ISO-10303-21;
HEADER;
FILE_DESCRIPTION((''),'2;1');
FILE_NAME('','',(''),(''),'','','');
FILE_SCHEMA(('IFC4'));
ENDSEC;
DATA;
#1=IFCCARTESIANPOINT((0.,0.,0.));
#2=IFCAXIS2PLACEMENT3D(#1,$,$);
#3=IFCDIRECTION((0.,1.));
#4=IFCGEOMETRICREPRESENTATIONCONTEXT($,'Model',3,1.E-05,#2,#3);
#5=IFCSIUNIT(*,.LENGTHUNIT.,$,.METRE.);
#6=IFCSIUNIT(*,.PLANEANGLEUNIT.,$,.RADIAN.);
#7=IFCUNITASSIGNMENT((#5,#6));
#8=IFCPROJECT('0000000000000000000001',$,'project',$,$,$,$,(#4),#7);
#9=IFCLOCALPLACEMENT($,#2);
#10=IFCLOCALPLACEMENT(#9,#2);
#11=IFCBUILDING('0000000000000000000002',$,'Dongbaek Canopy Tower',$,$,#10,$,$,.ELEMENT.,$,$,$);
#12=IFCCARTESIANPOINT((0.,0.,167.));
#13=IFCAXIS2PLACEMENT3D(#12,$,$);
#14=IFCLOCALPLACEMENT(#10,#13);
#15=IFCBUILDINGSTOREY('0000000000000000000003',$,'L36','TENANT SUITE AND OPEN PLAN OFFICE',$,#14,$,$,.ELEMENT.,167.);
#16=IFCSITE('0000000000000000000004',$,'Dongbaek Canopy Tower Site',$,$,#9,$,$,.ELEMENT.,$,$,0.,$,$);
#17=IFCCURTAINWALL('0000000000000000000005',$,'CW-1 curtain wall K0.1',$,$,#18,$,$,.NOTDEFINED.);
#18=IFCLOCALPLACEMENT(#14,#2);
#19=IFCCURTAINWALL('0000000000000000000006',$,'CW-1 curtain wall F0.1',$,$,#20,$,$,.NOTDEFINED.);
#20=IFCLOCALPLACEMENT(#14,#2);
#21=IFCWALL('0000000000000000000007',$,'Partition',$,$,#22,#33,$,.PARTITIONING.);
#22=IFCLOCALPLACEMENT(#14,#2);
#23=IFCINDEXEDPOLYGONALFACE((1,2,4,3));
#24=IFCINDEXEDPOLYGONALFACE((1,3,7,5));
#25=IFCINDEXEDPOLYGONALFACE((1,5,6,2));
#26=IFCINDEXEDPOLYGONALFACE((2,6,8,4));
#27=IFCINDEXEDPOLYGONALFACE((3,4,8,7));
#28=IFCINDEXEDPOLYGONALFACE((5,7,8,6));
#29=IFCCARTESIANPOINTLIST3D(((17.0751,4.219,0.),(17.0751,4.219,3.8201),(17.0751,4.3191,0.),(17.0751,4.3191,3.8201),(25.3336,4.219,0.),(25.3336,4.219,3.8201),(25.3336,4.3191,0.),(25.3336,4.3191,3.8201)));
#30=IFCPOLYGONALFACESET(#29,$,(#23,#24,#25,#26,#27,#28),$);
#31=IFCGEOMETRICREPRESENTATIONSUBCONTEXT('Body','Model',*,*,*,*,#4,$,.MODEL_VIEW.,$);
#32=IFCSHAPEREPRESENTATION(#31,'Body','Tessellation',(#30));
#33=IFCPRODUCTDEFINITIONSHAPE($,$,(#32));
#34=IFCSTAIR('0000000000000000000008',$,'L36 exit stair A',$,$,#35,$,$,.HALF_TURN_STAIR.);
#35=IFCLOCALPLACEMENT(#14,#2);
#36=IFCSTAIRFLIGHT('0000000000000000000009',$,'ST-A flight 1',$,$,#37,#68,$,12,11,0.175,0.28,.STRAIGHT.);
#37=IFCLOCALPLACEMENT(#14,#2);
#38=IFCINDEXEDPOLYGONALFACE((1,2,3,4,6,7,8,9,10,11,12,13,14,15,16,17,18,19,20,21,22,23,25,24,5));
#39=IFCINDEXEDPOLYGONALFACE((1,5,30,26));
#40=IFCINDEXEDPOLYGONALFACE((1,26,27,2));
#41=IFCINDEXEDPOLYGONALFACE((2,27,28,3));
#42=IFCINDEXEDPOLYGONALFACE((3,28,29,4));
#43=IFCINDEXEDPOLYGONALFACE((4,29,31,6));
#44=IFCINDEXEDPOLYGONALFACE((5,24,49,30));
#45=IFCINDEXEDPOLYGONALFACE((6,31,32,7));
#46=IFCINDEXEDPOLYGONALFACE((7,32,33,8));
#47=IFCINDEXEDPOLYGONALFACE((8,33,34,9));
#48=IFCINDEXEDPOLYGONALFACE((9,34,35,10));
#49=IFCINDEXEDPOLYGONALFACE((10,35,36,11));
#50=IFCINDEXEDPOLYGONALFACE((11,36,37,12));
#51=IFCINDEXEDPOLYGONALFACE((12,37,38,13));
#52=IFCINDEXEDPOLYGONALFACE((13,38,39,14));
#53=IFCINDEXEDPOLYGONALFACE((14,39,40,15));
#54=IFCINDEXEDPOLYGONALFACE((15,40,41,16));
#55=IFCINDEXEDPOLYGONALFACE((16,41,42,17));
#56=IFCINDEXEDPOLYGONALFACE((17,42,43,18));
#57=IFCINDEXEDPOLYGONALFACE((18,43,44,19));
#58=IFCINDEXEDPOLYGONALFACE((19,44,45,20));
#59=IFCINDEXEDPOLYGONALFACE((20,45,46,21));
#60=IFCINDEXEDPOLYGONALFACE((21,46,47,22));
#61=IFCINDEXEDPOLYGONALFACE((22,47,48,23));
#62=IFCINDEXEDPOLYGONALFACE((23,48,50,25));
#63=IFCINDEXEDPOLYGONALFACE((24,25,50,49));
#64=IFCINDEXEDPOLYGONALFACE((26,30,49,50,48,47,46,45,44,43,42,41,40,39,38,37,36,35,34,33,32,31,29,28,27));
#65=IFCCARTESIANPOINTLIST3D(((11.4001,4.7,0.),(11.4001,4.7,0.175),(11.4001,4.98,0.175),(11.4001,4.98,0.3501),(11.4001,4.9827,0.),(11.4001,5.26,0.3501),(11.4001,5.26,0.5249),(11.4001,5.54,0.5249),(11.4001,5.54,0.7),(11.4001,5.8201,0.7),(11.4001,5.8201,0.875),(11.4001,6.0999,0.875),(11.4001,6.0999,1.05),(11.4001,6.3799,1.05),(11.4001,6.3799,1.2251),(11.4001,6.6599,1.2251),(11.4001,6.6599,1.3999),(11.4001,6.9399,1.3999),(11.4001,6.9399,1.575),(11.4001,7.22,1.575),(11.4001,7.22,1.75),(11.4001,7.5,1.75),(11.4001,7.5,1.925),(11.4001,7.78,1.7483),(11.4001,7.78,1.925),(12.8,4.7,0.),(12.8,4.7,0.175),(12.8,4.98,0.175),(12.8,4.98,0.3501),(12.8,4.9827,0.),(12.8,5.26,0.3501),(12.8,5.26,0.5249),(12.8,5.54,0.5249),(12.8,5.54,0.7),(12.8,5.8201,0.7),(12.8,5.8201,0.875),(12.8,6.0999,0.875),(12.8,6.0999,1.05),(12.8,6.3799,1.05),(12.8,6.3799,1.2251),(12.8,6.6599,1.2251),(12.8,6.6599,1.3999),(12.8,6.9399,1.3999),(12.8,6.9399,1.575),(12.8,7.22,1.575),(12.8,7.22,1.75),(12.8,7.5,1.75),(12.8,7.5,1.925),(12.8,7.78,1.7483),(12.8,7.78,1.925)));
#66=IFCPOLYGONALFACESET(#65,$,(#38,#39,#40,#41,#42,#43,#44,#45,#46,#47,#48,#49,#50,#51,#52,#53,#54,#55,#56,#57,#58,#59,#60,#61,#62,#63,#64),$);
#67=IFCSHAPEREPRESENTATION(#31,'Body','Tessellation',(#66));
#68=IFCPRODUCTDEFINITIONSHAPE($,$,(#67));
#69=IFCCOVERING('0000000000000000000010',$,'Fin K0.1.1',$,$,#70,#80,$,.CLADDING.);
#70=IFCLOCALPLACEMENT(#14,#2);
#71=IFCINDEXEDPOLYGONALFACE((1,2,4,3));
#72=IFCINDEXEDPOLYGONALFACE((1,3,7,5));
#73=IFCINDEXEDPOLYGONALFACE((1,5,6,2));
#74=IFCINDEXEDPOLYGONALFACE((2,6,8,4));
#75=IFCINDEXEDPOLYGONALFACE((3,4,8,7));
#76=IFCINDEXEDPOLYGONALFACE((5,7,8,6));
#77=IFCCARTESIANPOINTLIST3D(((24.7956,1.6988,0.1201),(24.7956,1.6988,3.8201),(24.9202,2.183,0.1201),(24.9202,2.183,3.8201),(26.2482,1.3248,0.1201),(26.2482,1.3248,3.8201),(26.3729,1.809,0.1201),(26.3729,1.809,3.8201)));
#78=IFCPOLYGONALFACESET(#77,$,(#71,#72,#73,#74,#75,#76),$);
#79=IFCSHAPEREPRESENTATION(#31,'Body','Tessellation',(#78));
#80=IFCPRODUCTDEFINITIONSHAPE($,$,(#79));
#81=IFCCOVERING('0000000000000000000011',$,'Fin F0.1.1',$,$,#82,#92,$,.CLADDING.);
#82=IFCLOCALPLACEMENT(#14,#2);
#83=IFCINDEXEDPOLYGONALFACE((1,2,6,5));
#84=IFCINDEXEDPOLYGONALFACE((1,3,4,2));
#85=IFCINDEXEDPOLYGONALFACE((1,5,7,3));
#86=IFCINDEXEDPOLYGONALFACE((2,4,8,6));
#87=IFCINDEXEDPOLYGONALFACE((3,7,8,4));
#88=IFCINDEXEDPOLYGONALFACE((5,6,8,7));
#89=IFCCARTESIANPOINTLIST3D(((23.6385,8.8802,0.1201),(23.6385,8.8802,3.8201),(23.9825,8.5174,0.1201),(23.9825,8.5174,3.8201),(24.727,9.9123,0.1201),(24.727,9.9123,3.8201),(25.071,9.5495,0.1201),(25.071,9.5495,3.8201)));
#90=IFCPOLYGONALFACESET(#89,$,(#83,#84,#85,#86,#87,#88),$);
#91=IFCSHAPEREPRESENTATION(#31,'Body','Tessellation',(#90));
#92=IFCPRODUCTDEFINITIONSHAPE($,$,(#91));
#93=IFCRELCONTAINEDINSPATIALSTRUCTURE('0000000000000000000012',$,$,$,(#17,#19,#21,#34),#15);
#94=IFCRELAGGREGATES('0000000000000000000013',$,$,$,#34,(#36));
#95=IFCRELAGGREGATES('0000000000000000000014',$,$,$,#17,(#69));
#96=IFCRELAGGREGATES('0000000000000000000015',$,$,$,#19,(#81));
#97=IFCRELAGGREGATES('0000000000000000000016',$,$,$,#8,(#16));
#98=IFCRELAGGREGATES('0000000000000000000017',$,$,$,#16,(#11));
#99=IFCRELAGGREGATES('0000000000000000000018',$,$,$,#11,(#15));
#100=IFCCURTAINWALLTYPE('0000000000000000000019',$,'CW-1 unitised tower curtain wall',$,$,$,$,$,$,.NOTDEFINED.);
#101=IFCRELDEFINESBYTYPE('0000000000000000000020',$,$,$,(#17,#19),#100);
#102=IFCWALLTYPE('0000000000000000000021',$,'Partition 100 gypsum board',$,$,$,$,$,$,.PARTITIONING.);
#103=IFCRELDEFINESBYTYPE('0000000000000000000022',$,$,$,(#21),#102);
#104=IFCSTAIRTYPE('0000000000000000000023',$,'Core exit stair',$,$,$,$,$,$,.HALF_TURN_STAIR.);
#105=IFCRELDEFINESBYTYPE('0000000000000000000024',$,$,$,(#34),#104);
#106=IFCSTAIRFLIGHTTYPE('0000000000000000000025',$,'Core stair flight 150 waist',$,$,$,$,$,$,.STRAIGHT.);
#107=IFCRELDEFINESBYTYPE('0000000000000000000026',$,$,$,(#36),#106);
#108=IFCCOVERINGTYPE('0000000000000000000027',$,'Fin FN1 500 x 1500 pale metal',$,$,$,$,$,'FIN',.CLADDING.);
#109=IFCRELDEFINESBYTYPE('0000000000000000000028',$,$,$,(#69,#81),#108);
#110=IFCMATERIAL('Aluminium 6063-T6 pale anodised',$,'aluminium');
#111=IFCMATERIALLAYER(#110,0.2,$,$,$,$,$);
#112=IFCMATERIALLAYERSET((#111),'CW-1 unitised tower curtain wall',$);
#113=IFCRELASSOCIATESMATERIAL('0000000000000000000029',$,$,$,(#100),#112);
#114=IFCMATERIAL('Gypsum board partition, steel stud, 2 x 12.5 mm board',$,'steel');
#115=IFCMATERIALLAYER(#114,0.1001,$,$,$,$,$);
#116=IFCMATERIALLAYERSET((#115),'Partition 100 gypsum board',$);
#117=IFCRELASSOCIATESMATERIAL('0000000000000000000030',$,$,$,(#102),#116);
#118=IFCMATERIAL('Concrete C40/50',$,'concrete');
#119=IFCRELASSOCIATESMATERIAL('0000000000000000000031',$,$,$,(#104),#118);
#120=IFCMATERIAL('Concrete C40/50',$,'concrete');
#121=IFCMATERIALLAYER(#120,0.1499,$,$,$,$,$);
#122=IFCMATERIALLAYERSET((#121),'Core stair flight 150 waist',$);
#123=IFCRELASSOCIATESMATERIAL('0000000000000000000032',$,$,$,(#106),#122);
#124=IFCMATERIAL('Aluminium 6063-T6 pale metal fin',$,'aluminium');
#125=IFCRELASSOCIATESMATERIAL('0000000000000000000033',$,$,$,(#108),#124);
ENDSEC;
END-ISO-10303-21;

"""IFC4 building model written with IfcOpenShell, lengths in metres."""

from ifc_helpers import new_model, si_unit, direction, frame, frame_2d, origin, origin_2d, place, context, subcontext, project, spatial, polyline, rectangle, outline, extrude, material, layer, layer_set, material_profile, profile_set, type_object, element, aggregate, save


model = new_model("IFC4")

# Units and contexts
model_context = context("Model", 3, precision=1e-05, world=origin(), true_north=direction((0.0, 1.0)))
body_context = subcontext(model_context, "Body", "Model", "MODEL_VIEW")
ifc_project = project(units=[si_unit("LENGTHUNIT", "METRE"), si_unit("PLANEANGLEUNIT", "RADIAN")], contexts=[model_context])

# Site, building, storey
site_placement = place(None, origin())
site = spatial("IfcSite", under=ifc_project, at=site_placement, Name="Dongbaek Canopy Tower Site", CompositionType="ELEMENT", RefElevation=0.0)
building_placement = place(site_placement, origin())
building = spatial("IfcBuilding", under=site, at=building_placement, Name="Dongbaek Canopy Tower", CompositionType="ELEMENT")
storey_placement = place(building_placement, frame((0.0, 0.0, 167.0)))
storey = spatial("IfcBuildingStorey", under=building, at=storey_placement, Name="L36", Description="TENANT SUITE AND OPEN PLAN OFFICE", CompositionType="ELEMENT", Elevation=167.0)

# Curtain wall
ifc_material_1 = material(Name="Aluminium 6063-T6 pale anodised", Category="aluminium")
ifc_layer_1 = layer(ifc_material_1, 0.2)
ifc_layer_set_1 = layer_set([ifc_layer_1], Name="CW-1 unitised tower curtain wall")
curtain_wall_type = type_object("IfcCurtainWallType", Name="CW-1 unitised tower curtain wall", PredefinedType="NOTDEFINED", material=ifc_layer_set_1)
curtain_wall_1_placement = place(storey_placement, origin())
curtain_wall_1 = element("IfcCurtainWall", 1, at=curtain_wall_1_placement, inside=storey, type_object=curtain_wall_type, Name="CW-1 curtain wall K0.1", PredefinedType="NOTDEFINED")

# Curtain wall
curtain_wall_2_placement = place(storey_placement, origin())
curtain_wall_2 = element("IfcCurtainWall", 2, at=curtain_wall_2_placement, inside=storey, type_object=curtain_wall_type, Name="CW-1 curtain wall F0.1", PredefinedType="NOTDEFINED")

# Wall
ifc_material_2 = material(Name="Gypsum board partition, steel stud, 2 x 12.5 mm board", Category="steel")
ifc_layer_2 = layer(ifc_material_2, 0.1001)
ifc_layer_set_2 = layer_set([ifc_layer_2], Name="Partition 100 gypsum board")
wall_type_1 = type_object("IfcWallType", Name="Partition 100 gypsum board", PredefinedType="PARTITIONING", material=ifc_layer_set_2)
wall_1_placement = place(storey_placement, frame((17.075, 4.269, 0.0), z_axis=(0.0, 0.0, 1.0), x_axis=(1.0, 0.0, 0.0)))
element("IfcWall", 3, at=wall_1_placement, inside=storey, type_object=wall_type_1, Name="Partition", PredefinedType="PARTITIONING", context=body_context, shape_type="SweptSolid", body=[
    extrude(rectangle(XDim=8.2585, YDim=0.1001, at=frame_2d((4.1294, 0.0))), origin(), (0.0, 0.0, 1.0), 3.8201),
])

# Stair, stair flight
ifc_material_3 = material(Name="Concrete C40/50", Category="concrete")
stair_type = type_object("IfcStairType", Name="Core exit stair", PredefinedType="HALF_TURN_STAIR", material=ifc_material_3)
stair_placement = place(storey_placement, origin())
stair = element("IfcStair", 4, at=stair_placement, inside=storey, type_object=stair_type, Name="L36 exit stair A", PredefinedType="HALF_TURN_STAIR")
ifc_material_4 = material(Name="Concrete C40/50", Category="concrete")
ifc_layer_3 = layer(ifc_material_4, 0.1499)
ifc_layer_set_3 = layer_set([ifc_layer_3], Name="Core stair flight 150 waist")
stair_flight_type = type_object("IfcStairFlightType", Name="Core stair flight 150 waist", PredefinedType="STRAIGHT", material=ifc_layer_set_3)
stair_flight_placement = place(storey_placement, frame((12.1001, 4.7, 0.0), z_axis=(0.0, 0.0, 1.0), x_axis=(0.0, 1.0, 0.0)))
stair_flight = element("IfcStairFlight", 5, at=stair_flight_placement, type_object=stair_flight_type, Name="ST-A flight 1", NumberOfRisers=12, NumberOfTreads=11, PredefinedType="STRAIGHT", RiserHeight=0.175, TreadLength=0.28, context=body_context, shape_type="SweptSolid", body=[
    extrude(outline(polyline([(0.0, 0.0), (0.0, 0.175), (0.28, 0.175), (0.28, 0.3501), (0.5601, 0.3501), (0.5601, 0.5249), (0.8401, 0.5249), (0.8401, 0.7), (1.1201, 0.7), (1.1201, 0.875), (1.3999, 0.875), (1.3999, 1.05), (1.6799, 1.05), (1.6799, 1.2251), (1.96, 1.2251), (1.96, 1.3999), (2.24, 1.3999), (2.24, 1.575), (2.52, 1.575), (2.52, 1.75), (2.8, 1.75), (2.8, 1.925), (3.0801, 1.925), (3.0801, 2.1001), (3.0801, 1.7483), (0.2827, 0.0), (0.0, 0.0)])), frame((0.0, 0.7, 0.0), z_axis=(0.0, -1.0, 0.0), x_axis=(1.0, 0.0, 0.0)), (0.0, 0.0, 1.0), 1.3999),
])
aggregate(stair, [stair_flight])

# Coverings
ifc_material_5 = material(Name="Aluminium 6063-T6 pale metal fin", Category="aluminium")
ifc_material_profile_1 = material_profile(ifc_material_5, rectangle(XDim=1.5, YDim=0.5, at=origin_2d()), Name="Fin FN1 500 x 1500 pale metal")
ifc_profile_set_1 = profile_set([ifc_material_profile_1], Name="Aluminium 6063-T6 pale metal fin")
covering_type = type_object("IfcCoveringType", Name="Fin FN1 500 x 1500 pale metal", ElementType="FIN", PredefinedType="CLADDING", material=ifc_profile_set_1)
covering_1_placement = place(storey_placement, frame((25.5842, 1.7539, 0.1201), z_axis=(0.0, 0.0, 1.0), x_axis=(0.968425, -0.249305, 0.0)))
covering_1 = element("IfcCovering", 6, at=covering_1_placement, type_object=covering_type, Name="Fin K0.1.1", PredefinedType="CLADDING", context=body_context, shape_type="SweptSolid", body=[
    extrude(rectangle(XDim=1.5, YDim=0.5, at=origin_2d()), origin(), (0.0, 0.0, 1.0), 3.7),
])
aggregate(curtain_wall_1, [covering_1])
covering_2_placement = place(storey_placement, frame((24.3547, 9.2148, 0.1201), z_axis=(0.0, 0.0, 1.0), x_axis=(0.72567, 0.688043, 0.0)))
covering_2 = element("IfcCovering", 7, at=covering_2_placement, type_object=covering_type, Name="Fin F0.1.1", PredefinedType="CLADDING", context=body_context, shape_type="SweptSolid", body=[
    extrude(rectangle(XDim=1.5, YDim=0.5, at=origin_2d()), origin(), (0.0, 0.0, 1.0), 3.7),
])
aggregate(curtain_wall_2, [covering_2])

save(model, "model.ifc")
